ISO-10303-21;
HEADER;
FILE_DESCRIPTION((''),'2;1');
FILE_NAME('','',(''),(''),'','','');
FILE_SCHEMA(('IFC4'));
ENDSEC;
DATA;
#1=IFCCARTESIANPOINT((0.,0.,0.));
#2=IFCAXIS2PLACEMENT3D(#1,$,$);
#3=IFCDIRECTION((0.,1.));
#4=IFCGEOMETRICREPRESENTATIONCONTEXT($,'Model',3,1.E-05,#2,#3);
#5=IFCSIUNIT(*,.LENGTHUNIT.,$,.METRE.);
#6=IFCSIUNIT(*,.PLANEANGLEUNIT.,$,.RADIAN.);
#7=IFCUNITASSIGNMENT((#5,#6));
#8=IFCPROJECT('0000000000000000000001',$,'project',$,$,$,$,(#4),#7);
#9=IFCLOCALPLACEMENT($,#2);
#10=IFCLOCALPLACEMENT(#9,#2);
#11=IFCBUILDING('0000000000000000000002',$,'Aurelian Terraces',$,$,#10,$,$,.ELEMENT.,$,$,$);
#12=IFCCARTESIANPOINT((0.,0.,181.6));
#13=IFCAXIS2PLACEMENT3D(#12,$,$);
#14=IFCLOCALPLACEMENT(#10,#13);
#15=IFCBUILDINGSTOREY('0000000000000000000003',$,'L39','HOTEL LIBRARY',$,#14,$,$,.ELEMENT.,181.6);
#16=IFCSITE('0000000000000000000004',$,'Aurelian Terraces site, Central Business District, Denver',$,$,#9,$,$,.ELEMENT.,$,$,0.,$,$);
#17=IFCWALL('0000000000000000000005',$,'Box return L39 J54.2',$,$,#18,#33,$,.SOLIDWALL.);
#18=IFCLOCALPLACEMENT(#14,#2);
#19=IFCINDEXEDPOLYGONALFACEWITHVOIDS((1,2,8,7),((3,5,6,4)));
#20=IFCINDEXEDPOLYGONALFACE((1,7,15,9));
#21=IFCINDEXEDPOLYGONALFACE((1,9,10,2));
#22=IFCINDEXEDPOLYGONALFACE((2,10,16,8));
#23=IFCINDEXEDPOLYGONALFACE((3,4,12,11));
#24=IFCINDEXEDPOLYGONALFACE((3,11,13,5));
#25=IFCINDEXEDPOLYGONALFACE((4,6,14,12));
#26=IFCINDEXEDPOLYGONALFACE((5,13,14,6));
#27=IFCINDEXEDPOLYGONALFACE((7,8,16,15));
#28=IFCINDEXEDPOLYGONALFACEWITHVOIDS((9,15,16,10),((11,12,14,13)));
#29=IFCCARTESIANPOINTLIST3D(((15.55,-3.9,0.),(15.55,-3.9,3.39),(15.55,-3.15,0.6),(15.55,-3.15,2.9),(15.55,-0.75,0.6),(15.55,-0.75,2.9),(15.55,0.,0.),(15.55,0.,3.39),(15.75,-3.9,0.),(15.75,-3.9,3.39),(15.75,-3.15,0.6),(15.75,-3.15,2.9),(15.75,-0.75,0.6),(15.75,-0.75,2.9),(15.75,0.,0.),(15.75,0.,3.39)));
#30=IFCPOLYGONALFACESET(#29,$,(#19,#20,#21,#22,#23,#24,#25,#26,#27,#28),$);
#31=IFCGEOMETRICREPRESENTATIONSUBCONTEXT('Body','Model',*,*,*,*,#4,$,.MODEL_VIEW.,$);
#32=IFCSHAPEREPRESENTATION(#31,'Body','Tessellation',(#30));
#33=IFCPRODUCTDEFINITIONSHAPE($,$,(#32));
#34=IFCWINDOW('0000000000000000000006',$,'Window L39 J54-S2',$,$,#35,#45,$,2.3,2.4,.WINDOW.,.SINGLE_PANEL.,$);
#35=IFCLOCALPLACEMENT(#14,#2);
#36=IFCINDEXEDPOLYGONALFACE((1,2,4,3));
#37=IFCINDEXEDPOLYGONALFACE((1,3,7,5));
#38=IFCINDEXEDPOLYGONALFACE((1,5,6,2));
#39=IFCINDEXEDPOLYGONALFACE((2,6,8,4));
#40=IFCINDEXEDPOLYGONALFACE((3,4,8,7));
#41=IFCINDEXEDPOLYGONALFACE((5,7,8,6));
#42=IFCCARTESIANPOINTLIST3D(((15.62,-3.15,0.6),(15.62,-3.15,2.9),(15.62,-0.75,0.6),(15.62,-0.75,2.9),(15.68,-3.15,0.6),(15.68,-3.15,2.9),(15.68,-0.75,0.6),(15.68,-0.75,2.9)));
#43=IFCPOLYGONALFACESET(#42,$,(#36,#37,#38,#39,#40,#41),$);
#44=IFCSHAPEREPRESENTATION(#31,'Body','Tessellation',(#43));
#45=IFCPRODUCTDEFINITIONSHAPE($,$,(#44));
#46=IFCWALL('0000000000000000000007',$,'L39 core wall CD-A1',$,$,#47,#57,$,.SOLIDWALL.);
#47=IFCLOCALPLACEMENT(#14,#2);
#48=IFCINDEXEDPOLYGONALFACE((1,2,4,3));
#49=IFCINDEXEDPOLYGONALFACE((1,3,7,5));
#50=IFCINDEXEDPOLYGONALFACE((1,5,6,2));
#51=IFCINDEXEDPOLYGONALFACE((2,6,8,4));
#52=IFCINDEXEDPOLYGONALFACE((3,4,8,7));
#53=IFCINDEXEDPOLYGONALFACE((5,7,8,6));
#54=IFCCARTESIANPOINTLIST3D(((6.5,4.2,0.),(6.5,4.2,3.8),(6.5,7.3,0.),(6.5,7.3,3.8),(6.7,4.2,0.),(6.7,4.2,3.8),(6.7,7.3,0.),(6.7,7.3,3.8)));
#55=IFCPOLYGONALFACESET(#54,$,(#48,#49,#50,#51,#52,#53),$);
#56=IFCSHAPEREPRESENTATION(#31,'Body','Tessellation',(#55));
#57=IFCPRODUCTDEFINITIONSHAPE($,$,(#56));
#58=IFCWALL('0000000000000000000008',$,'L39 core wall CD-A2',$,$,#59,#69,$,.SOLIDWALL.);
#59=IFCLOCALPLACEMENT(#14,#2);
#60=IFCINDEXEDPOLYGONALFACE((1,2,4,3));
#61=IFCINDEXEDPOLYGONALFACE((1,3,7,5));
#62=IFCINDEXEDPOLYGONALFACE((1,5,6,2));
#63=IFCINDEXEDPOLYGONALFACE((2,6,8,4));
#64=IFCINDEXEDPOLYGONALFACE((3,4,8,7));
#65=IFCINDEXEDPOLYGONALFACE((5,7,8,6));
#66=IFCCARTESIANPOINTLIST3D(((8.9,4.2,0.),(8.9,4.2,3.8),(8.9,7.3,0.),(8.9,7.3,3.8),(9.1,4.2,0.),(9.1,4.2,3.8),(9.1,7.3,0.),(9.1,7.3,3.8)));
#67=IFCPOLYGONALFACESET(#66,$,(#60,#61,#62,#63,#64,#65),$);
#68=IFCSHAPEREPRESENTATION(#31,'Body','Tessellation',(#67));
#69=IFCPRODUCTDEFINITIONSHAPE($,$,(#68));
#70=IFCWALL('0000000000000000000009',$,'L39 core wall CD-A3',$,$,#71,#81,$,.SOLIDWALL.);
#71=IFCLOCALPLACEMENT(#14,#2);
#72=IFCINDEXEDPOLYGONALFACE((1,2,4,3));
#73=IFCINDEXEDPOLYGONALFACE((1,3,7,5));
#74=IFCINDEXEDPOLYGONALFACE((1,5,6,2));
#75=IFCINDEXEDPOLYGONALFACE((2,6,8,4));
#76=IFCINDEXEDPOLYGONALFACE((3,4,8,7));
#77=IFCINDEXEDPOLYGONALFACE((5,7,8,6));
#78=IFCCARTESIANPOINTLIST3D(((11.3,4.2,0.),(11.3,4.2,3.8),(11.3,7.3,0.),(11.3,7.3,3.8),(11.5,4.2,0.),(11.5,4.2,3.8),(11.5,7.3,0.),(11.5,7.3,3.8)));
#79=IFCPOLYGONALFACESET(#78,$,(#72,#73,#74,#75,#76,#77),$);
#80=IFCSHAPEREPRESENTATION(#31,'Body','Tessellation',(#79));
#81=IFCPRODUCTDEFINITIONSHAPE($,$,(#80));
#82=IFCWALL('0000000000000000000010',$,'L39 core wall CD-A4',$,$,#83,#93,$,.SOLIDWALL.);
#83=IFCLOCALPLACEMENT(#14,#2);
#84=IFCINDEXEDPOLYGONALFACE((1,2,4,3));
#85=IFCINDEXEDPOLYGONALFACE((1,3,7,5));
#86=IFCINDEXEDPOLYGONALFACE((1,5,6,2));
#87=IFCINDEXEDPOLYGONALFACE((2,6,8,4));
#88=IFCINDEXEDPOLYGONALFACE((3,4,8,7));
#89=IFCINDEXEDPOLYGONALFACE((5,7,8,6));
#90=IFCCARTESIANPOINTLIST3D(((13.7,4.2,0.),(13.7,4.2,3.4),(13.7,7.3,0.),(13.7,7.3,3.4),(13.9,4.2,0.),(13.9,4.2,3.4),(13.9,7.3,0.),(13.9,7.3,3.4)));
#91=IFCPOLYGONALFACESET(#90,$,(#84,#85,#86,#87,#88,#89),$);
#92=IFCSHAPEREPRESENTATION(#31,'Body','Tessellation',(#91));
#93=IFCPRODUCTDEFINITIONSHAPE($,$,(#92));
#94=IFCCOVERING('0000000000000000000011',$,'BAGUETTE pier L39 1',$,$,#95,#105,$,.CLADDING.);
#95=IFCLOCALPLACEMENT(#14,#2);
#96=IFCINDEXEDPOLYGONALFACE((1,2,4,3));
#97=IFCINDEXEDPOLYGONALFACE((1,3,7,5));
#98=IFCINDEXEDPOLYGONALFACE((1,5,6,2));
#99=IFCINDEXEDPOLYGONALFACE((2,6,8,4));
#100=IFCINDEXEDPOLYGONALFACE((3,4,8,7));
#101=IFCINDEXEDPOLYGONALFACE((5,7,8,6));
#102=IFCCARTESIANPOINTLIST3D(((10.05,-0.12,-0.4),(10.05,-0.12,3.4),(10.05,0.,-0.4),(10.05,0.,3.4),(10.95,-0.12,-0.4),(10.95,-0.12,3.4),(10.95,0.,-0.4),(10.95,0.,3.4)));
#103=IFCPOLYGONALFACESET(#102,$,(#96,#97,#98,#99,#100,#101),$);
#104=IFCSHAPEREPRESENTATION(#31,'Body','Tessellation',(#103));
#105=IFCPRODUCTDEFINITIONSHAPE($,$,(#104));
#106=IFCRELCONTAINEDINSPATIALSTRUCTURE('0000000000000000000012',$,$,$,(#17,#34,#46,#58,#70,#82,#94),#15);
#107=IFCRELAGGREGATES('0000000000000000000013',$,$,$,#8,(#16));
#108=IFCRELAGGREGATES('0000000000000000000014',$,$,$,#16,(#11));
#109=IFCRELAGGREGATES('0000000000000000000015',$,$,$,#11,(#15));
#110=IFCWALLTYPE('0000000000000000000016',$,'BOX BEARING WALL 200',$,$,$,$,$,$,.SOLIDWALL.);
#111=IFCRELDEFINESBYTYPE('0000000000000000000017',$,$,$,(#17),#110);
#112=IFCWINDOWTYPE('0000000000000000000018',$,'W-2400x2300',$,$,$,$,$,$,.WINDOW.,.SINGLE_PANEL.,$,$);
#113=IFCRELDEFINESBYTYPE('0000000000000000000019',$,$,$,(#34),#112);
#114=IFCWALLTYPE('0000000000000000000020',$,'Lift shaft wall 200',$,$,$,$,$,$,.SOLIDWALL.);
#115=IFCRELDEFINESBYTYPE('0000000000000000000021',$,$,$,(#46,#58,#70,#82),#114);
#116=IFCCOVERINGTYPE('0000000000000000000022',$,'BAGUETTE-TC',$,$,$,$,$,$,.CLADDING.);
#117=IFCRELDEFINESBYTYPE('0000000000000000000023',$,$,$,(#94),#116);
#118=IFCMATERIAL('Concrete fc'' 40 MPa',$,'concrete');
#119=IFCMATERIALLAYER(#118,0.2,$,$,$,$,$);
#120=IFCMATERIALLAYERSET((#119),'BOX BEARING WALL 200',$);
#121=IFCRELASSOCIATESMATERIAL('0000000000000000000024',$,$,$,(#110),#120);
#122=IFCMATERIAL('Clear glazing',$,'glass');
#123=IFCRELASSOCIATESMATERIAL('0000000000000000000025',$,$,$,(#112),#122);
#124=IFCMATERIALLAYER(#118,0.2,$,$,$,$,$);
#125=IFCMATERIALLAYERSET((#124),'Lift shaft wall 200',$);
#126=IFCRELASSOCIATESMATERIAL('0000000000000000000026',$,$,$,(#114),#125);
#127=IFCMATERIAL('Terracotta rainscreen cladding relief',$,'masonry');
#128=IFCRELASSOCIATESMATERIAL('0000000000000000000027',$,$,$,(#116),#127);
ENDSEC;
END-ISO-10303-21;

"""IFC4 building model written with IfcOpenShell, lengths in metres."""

from ifc_helpers import new_model, si_unit, direction, frame, frame_2d, origin, origin_2d, place, context, subcontext, project, spatial, rectangle, extrude, source, transform, mapped, material, layer, layer_set, type_object, element, fill, save


model = new_model("IFC4")

# Units and contexts
model_context = context("Model", 3, precision=1e-05, world=origin(), true_north=direction((0.0, 1.0)))
body_context = subcontext(model_context, "Body", "Model", "MODEL_VIEW")
ifc_project = project(units=[si_unit("LENGTHUNIT", "METRE"), si_unit("PLANEANGLEUNIT", "RADIAN")], contexts=[model_context])

# Site, building, storey
site_placement = place(None, origin())
site = spatial("IfcSite", under=ifc_project, at=site_placement, Name="Aurelian Terraces site, Central Business District, Denver", CompositionType="ELEMENT", RefElevation=0.0)
building_placement = place(site_placement, origin())
building = spatial("IfcBuilding", under=site, at=building_placement, Name="Aurelian Terraces", CompositionType="ELEMENT")
storey_placement = place(building_placement, frame((0.0, 0.0, 181.6)))
storey = spatial("IfcBuildingStorey", under=building, at=storey_placement, Name="L39", Description="HOTEL LIBRARY", CompositionType="ELEMENT", Elevation=181.6)

# Shared definitions
ifc_material_1 = material(Name="Concrete fc' 40 MPa", Category="concrete")
ifc_material_2 = material(Name="Clear glazing", Category="glass")

# Wall, opening, window
ifc_layer_1 = layer(ifc_material_1, 0.2)
ifc_layer_set_1 = layer_set([ifc_layer_1], Name="BOX BEARING WALL 200")
wall_type_1 = type_object("IfcWallType", Name="BOX BEARING WALL 200", PredefinedType="SOLIDWALL", material=ifc_layer_set_1)
shared_shape_1 = source(origin(), body_context, "Body", "SweptSolid", [
    extrude(rectangle(XDim=3.9, YDim=0.2, at=frame_2d((1.95, 0.0))), origin(), (0.0, 0.0, 1.0), 3.39),
])
shared_shape_2 = source(origin(), body_context, "Body", "SweptSolid", [
    extrude(rectangle(XDim=2.4, YDim=2.3, at=frame_2d((1.2, 1.15))), frame((0.0, 0.11, 0.0), z_axis=(0.0, -1.0, 0.0), x_axis=(1.0, 0.0, 0.0)), (0.0, 0.0, 1.0), 0.22),
])
window_type_1 = type_object("IfcWindowType", Name="W-2400x2300", PartitioningType="SINGLE_PANEL", PredefinedType="WINDOW", material=ifc_material_2)
shared_shape_3 = source(origin(), body_context, "Body", "SweptSolid", [
    extrude(rectangle(XDim=2.4, YDim=2.3, at=frame_2d((1.2, 1.15))), frame((0.0, 0.03, 0.0), z_axis=(0.0, -1.0, 0.0), x_axis=(1.0, 0.0, 0.0)), (0.0, 0.0, 1.0), 0.06),
])
wall_1_placement = place(storey_placement, frame((15.65, 0.0, 0.0), z_axis=(0.0, 0.0, 1.0), x_axis=(0.0, -1.0, 0.0)))
wall_1 = element("IfcWall", 1, at=wall_1_placement, inside=storey, type_object=wall_type_1, Name="Box return L39 J54.2", PredefinedType="SOLIDWALL", context=body_context, shape_type="MappedRepresentation", body=[
    mapped(shared_shape_1, transform((0.0, 0.0, 0.0), scale=1.0)),
])
opening_1_placement = place(wall_1_placement, frame((0.75, 0.0, 0.6)))
opening_1 = element("IfcOpeningElement", 2, at=opening_1_placement, cuts=wall_1, PredefinedType="OPENING", context=body_context, shape_type="MappedRepresentation", body=[
    mapped(shared_shape_2, transform((0.0, 0.0, 0.0), scale=1.0)),
])
window_1_placement = place(opening_1_placement, origin())
window_1 = element("IfcWindow", 3, at=window_1_placement, inside=storey, type_object=window_type_1, Name="Window L39 J54-S2", OverallHeight=2.3, OverallWidth=2.4, PartitioningType="SINGLE_PANEL", PredefinedType="WINDOW", context=body_context, shape_type="MappedRepresentation", body=[
    mapped(shared_shape_3, transform((0.0, 0.0, 0.0), scale=1.0)),
])
fill(opening_1, window_1)

# Walls
ifc_layer_2 = layer(ifc_material_1, 0.2)
ifc_layer_set_2 = layer_set([ifc_layer_2], Name="Lift shaft wall 200")
wall_type_2 = type_object("IfcWallType", Name="Lift shaft wall 200", PredefinedType="SOLIDWALL", material=ifc_layer_set_2)
shared_shape_4 = source(origin(), body_context, "Body", "SweptSolid", [
    extrude(rectangle(XDim=3.1, YDim=0.2, at=frame_2d((1.55, 0.0))), origin(), (0.0, 0.0, 1.0), 3.8),
])
for number, where, z_axis, x_axis, name in (
    (4, (6.6, 4.2, 0.0), (0.0, 0.0, 1.0), (0.0, 1.0, 0.0), "L39 core wall CD-A1"),
    (5, (9.0, 4.2, 0.0), (0.0, 0.0, 1.0), (0.0, 1.0, 0.0), "L39 core wall CD-A2"),
    (6, (11.4, 4.2, 0.0), (0.0, 0.0, 1.0), (0.0, 1.0, 0.0), "L39 core wall CD-A3"),
):
    element("IfcWall", number, at=place(storey_placement, frame(where, z_axis=z_axis, x_axis=x_axis)), inside=storey, type_object=wall_type_2, Name=name, PredefinedType="SOLIDWALL", context=body_context, shape_type="MappedRepresentation", body=[
        mapped(shared_shape_4, transform((0.0, 0.0, 0.0), scale=1.0)),
    ])
shared_shape_5 = source(origin(), body_context, "Body", "SweptSolid", [
    extrude(rectangle(XDim=3.1, YDim=0.2, at=frame_2d((1.55, 0.0))), origin(), (0.0, 0.0, 1.0), 3.4),
])
wall_2_placement = place(storey_placement, frame((13.8, 4.2, 0.0), z_axis=(0.0, 0.0, 1.0), x_axis=(0.0, 1.0, 0.0)))
element("IfcWall", 7, at=wall_2_placement, inside=storey, type_object=wall_type_2, Name="L39 core wall CD-A4", PredefinedType="SOLIDWALL", context=body_context, shape_type="MappedRepresentation", body=[
    mapped(shared_shape_5, transform((0.0, 0.0, 0.0), scale=1.0)),
])

# Covering
ifc_material_3 = material(Name="Terracotta rainscreen cladding relief", Category="masonry")
covering_type = type_object("IfcCoveringType", Name="BAGUETTE-TC", PredefinedType="CLADDING", material=ifc_material_3)
shared_shape_6 = source(origin(), body_context, "Body", "SweptSolid", [
    extrude(rectangle(XDim=0.9, YDim=0.12, at=origin_2d()), origin(), (0.0, 0.0, 1.0), 3.8),
])
covering_placement = place(storey_placement, frame((10.5, -0.06, -0.4), z_axis=(0.0, 0.0, 1.0), x_axis=(1.0, 0.0, 0.0)))
element("IfcCovering", 8, at=covering_placement, inside=storey, type_object=covering_type, Name="BAGUETTE pier L39 1", PredefinedType="CLADDING", context=body_context, shape_type="MappedRepresentation", body=[
    mapped(shared_shape_6, transform((0.0, 0.0, 0.0), scale=1.0)),
])

save(model, "model.ifc")
